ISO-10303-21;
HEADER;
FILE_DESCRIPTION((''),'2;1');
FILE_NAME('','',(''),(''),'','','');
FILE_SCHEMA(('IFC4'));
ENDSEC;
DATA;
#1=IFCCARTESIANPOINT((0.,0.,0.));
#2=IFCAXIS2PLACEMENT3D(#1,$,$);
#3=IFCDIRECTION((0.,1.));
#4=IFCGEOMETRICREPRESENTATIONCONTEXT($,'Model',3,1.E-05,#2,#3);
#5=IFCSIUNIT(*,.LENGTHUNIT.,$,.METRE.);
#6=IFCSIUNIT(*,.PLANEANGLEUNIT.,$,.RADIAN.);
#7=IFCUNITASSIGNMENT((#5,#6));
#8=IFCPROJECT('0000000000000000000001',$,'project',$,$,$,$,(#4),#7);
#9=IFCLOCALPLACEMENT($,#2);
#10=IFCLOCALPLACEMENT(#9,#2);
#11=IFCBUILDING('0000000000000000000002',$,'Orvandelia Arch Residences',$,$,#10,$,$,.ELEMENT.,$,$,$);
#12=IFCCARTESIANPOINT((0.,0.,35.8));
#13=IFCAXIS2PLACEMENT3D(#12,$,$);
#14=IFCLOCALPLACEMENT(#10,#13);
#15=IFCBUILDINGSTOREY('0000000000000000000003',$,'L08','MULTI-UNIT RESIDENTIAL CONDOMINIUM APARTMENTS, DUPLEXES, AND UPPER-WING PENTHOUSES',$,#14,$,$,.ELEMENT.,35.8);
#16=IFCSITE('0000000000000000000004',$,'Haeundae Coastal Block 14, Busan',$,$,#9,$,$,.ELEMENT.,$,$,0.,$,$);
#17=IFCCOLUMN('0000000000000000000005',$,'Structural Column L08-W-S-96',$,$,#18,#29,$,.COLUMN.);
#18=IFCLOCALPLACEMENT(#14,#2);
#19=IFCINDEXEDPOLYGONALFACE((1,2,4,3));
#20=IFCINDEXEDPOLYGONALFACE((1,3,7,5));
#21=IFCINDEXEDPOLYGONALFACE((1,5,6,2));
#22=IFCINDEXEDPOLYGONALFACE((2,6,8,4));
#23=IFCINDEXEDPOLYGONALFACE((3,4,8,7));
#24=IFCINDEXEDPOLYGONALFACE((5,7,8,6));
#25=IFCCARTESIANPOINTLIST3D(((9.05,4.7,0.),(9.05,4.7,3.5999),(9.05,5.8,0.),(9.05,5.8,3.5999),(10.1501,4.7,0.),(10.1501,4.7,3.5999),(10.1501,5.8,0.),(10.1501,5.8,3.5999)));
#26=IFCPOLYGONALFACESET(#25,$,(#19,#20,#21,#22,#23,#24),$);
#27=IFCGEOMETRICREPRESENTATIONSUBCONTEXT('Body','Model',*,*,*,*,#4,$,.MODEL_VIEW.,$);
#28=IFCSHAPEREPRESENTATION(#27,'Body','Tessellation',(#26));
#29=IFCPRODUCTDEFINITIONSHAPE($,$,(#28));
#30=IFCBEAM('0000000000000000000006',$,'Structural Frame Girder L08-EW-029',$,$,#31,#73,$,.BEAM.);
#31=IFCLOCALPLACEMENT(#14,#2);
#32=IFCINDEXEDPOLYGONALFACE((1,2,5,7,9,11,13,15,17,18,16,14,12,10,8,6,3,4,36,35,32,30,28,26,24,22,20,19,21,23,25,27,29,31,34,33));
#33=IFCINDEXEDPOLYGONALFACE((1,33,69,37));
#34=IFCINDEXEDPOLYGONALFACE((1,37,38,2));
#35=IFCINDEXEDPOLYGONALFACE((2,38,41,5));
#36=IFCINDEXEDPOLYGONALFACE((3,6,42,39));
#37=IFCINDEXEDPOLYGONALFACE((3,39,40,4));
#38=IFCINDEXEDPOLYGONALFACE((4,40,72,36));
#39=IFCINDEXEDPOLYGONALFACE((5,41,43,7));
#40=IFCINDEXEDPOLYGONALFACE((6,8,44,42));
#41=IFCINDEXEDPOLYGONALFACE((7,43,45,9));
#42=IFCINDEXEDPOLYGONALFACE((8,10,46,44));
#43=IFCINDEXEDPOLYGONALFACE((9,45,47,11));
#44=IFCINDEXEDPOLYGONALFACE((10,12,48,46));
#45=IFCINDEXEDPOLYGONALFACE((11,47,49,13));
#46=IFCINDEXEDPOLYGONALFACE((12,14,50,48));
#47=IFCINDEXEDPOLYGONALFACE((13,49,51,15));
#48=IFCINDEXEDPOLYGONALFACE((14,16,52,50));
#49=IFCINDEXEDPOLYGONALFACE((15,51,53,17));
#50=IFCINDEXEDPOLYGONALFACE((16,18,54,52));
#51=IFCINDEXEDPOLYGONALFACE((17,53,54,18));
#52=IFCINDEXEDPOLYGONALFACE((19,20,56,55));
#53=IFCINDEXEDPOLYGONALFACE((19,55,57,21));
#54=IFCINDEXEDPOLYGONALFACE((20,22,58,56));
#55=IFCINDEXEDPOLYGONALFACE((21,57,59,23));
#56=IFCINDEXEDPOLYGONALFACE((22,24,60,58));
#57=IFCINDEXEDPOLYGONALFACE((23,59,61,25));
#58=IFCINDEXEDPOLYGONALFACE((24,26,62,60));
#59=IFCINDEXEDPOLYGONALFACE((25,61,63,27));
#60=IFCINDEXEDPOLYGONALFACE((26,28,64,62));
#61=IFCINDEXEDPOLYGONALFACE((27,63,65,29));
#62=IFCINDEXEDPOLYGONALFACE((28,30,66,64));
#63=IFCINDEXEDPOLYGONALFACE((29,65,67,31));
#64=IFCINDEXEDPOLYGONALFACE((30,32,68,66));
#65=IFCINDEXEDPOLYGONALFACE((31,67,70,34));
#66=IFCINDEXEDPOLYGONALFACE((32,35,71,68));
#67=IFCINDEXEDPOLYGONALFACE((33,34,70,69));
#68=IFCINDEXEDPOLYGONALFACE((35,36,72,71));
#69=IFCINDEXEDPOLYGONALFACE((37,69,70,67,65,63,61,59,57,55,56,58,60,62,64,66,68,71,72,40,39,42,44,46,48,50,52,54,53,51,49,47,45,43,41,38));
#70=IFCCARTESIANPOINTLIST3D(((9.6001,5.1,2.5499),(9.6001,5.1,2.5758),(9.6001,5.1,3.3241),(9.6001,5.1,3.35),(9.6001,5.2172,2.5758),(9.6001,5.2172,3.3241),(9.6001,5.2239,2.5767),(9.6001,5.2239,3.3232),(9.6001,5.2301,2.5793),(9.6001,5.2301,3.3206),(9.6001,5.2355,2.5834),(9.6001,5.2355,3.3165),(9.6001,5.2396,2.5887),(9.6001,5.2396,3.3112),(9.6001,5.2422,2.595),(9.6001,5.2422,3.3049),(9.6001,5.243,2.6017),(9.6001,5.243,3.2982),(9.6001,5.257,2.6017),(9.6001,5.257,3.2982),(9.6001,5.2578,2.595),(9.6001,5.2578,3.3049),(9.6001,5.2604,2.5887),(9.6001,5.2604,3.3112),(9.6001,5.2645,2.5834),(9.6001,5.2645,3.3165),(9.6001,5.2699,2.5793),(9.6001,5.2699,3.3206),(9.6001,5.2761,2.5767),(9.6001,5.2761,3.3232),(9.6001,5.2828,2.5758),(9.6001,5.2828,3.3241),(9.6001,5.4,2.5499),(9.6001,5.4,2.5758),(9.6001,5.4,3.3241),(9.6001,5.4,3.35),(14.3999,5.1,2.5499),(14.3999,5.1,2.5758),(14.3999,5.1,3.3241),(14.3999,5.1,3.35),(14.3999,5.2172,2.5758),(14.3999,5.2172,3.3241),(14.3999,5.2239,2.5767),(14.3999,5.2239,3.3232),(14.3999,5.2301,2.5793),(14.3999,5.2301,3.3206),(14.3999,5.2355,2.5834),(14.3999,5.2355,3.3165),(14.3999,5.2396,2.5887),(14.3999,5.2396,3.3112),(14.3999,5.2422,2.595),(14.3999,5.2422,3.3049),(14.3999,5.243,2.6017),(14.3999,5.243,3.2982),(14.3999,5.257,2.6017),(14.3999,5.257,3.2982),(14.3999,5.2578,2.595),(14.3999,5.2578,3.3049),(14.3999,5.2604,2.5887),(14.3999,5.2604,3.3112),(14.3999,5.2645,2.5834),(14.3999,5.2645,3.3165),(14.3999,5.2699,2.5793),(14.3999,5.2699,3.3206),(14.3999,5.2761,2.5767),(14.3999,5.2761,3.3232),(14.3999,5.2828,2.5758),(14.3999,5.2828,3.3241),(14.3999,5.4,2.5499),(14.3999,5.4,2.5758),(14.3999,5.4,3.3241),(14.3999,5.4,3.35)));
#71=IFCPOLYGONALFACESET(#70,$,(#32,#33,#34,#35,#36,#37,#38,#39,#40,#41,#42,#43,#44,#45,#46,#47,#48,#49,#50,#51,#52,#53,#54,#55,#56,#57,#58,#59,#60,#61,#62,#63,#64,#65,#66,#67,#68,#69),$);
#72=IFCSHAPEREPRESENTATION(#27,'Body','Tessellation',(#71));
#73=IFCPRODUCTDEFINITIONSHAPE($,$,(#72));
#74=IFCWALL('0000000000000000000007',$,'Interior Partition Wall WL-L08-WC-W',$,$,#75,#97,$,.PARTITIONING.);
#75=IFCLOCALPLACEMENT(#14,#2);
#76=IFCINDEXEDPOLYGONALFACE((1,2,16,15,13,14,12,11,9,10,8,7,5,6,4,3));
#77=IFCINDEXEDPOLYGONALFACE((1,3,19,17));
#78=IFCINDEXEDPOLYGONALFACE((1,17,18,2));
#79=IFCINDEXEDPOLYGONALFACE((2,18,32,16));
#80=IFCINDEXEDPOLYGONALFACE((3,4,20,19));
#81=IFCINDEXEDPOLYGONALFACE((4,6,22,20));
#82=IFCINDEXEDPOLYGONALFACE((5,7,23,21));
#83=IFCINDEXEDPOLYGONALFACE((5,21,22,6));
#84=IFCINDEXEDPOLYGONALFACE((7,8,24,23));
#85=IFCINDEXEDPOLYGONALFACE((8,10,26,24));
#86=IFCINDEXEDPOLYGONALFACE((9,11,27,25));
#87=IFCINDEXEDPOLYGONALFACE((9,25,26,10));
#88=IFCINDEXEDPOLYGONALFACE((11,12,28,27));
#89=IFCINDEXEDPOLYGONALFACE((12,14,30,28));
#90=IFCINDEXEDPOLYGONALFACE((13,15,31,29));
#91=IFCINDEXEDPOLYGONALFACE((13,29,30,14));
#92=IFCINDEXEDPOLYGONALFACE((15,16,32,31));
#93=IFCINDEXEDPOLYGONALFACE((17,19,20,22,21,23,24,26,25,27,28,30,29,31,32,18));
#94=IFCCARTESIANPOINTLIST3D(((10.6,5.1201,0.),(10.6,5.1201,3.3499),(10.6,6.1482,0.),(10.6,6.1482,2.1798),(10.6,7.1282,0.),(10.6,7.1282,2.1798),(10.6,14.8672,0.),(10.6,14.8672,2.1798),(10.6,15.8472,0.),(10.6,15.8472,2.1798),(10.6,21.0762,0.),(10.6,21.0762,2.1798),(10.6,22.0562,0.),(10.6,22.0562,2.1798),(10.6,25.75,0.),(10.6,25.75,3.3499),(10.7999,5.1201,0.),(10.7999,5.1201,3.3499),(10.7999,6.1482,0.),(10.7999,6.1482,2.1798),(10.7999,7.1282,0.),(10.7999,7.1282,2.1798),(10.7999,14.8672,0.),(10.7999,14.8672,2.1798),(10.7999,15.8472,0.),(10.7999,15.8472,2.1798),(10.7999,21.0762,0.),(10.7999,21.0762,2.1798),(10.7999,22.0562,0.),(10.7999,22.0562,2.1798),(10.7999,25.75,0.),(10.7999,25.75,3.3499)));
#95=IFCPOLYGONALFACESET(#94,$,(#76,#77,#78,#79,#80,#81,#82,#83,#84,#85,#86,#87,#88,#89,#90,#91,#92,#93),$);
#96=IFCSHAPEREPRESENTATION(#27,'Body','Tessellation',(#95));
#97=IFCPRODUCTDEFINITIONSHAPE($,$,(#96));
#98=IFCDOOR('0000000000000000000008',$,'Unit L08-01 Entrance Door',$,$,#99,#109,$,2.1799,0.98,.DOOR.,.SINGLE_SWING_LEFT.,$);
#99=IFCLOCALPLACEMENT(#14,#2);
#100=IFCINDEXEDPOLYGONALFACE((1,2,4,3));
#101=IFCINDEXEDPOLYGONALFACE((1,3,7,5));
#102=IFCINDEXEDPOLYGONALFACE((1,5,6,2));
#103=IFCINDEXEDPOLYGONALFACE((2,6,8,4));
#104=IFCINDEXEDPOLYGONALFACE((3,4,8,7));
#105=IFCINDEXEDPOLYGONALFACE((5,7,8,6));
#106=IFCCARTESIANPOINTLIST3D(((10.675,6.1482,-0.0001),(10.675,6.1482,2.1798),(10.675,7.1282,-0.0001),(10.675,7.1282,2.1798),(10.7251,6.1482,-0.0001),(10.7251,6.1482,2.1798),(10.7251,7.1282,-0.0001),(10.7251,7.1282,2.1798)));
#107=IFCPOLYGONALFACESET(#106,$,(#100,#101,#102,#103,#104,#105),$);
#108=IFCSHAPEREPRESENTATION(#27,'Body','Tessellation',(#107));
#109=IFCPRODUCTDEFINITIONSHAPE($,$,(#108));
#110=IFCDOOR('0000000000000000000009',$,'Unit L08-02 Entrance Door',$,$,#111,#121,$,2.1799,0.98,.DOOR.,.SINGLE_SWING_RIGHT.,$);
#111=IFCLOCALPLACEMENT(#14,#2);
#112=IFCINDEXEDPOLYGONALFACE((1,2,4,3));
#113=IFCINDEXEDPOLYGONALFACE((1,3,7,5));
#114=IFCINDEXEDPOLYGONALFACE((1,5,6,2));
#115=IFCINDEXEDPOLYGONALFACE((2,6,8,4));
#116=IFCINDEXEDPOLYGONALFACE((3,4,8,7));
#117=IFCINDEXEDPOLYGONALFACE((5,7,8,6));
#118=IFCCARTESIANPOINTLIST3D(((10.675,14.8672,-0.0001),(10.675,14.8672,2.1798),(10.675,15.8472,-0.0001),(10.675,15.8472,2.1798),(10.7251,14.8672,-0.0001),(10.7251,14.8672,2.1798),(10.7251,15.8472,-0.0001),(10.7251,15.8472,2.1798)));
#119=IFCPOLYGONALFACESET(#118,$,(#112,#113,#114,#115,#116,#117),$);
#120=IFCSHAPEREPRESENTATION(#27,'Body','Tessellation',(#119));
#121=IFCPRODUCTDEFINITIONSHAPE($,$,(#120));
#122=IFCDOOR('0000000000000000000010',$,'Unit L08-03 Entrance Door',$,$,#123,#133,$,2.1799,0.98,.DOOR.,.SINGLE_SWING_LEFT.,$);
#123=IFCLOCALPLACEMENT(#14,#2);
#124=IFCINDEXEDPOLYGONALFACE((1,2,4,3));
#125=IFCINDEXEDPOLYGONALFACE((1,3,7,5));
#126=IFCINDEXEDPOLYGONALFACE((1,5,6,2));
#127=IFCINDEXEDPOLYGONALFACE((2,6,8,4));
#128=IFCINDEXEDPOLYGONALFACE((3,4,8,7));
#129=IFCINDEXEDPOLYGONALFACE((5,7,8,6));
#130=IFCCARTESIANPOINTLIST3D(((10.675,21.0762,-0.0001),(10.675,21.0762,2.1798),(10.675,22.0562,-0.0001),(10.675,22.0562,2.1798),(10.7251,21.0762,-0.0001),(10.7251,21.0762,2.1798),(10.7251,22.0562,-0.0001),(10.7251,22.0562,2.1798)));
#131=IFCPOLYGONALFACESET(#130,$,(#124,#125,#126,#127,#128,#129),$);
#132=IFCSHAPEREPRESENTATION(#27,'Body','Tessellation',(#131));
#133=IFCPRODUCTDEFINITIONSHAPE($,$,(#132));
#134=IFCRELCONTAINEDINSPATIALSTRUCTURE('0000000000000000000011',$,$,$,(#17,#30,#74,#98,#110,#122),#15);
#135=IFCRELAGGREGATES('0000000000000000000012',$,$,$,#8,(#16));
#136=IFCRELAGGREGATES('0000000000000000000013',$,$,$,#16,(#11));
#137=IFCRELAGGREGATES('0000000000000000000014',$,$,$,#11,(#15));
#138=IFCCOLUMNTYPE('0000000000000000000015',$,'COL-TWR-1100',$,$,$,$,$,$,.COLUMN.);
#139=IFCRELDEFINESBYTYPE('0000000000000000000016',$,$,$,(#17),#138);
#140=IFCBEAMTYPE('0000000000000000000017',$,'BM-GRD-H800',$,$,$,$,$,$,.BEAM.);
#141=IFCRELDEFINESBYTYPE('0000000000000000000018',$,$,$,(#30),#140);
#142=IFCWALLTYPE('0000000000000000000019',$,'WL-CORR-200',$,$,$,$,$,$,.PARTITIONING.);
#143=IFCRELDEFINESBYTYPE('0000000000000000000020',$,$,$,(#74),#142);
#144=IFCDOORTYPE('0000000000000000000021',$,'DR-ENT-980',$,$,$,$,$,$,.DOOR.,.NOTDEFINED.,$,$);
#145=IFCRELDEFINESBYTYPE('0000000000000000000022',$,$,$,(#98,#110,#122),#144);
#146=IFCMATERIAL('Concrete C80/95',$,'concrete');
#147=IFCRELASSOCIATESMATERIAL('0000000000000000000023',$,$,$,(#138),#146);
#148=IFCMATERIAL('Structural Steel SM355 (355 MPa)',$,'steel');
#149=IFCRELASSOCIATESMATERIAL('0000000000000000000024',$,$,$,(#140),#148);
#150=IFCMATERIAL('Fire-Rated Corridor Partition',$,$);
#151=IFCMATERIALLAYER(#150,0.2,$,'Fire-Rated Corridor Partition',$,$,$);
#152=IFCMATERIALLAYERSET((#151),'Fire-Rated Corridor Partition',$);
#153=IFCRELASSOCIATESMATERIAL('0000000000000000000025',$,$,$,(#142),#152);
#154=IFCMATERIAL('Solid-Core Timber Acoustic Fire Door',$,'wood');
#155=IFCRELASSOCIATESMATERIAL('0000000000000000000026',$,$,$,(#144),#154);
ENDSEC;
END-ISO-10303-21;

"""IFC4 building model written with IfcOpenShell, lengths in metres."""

from ifc_helpers import new_model, si_unit, direction, frame, frame_2d, origin, origin_2d, place, context, subcontext, project, spatial, rectangle, i_section, extrude, material, layer, layer_set, material_profile, profile_set, type_object, element, fill, save


model = new_model("IFC4")

# Units and contexts
model_context = context("Model", 3, precision=1e-05, world=origin(), true_north=direction((0.0, 1.0)))
body_context = subcontext(model_context, "Body", "Model", "MODEL_VIEW")
ifc_project = project(units=[si_unit("LENGTHUNIT", "METRE"), si_unit("PLANEANGLEUNIT", "RADIAN")], contexts=[model_context])

# Site, building, storey
site_placement = place(None, origin())
site = spatial("IfcSite", under=ifc_project, at=site_placement, Name="Haeundae Coastal Block 14, Busan", CompositionType="ELEMENT", RefElevation=0.0)
building_placement = place(site_placement, origin())
building = spatial("IfcBuilding", under=site, at=building_placement, Name="Orvandelia Arch Residences", CompositionType="ELEMENT")
storey_placement = place(building_placement, frame((0.0, 0.0, 35.8)))
storey = spatial("IfcBuildingStorey", under=building, at=storey_placement, Name="L08", Description="MULTI-UNIT RESIDENTIAL CONDOMINIUM APARTMENTS, DUPLEXES, AND UPPER-WING PENTHOUSES", CompositionType="ELEMENT", Elevation=35.8)

# Column
ifc_material_1 = material(Name="Concrete C80/95", Category="concrete")
ifc_material_profile_1 = material_profile(ifc_material_1, rectangle(XDim=1.1001, YDim=1.1001, at=origin_2d()), Name="Concrete C80/95", Category="concrete")
ifc_profile_set_1 = profile_set([ifc_material_profile_1], Name="Concrete C80/95")
column_type = type_object("IfcColumnType", Name="COL-TWR-1100", PredefinedType="COLUMN", material=ifc_profile_set_1)
column_placement = place(storey_placement, frame((9.6001, 5.25, 0.0), z_axis=(0.0, 0.0, 1.0), x_axis=(1.0, 0.0, 0.0)))
element("IfcColumn", 1, at=column_placement, inside=storey, type_object=column_type, Name="Structural Column L08-W-S-96", PredefinedType="COLUMN", context=body_context, shape_type="SweptSolid", body=[
    extrude(rectangle(XDim=1.1001, YDim=1.1001, at=origin_2d()), origin(), (0.0, 0.0, 1.0), 3.5999),
])

# Beam
ifc_material_2 = material(Name="Structural Steel SM355 (355 MPa)", Category="steel")
ifc_material_profile_2 = material_profile(ifc_material_2, i_section(OverallWidth=0.3, OverallDepth=0.8, WebThickness=0.0139, FlangeThickness=0.0259, FilletRadius=0.0259, at=origin_2d()), Name="Structural Steel SM355 (355 MPa)", Category="steel")
ifc_profile_set_2 = profile_set([ifc_material_profile_2], Name="Structural Steel SM355 (355 MPa)")
beam_type = type_object("IfcBeamType", Name="BM-GRD-H800", PredefinedType="BEAM", material=ifc_profile_set_2)
beam_placement = place(storey_placement, frame((9.6001, 5.25, 2.95), z_axis=(1.0, 0.0, 0.0), x_axis=(0.0, 1.0, 0.0)))
element("IfcBeam", 2, at=beam_placement, inside=storey, type_object=beam_type, Name="Structural Frame Girder L08-EW-029", PredefinedType="BEAM", context=body_context, shape_type="SweptSolid", body=[
    extrude(i_section(OverallWidth=0.3, OverallDepth=0.8, WebThickness=0.0139, FlangeThickness=0.0259, FilletRadius=0.0259, at=origin_2d()), origin(), (0.0, 0.0, 1.0), 4.7998),
])

# Wall, openings, doors
ifc_material_3 = material(Name="Fire-Rated Corridor Partition")
ifc_layer_1 = layer(ifc_material_3, 0.2, Name="Fire-Rated Corridor Partition")
ifc_layer_set_1 = layer_set([ifc_layer_1], Name="Fire-Rated Corridor Partition")
wall_type_1 = type_object("IfcWallType", Name="WL-CORR-200", PredefinedType="PARTITIONING", material=ifc_layer_set_1)
wall_1_placement = place(storey_placement, frame((10.7, 5.1201, 0.0), z_axis=(0.0, 0.0, 1.0), x_axis=(0.0, 1.0, 0.0)))
wall_1 = element("IfcWall", 3, at=wall_1_placement, inside=storey, type_object=wall_type_1, Name="Interior Partition Wall WL-L08-WC-W", PredefinedType="PARTITIONING", context=body_context, shape_type="SweptSolid", body=[
    extrude(rectangle(XDim=20.6299, YDim=0.2, at=frame_2d((10.3149, 0.0))), origin(), (0.0, 0.0, 1.0), 3.3499),
])
opening_1_placement = place(wall_1_placement, frame((1.0281, 0.0, 0.0)))
opening_1 = element("IfcOpeningElement", 4, at=opening_1_placement, cuts=wall_1, PredefinedType="OPENING", context=body_context, shape_type="SweptSolid", body=[
    extrude(rectangle(XDim=0.98, YDim=2.1799, at=frame_2d((0.49, 1.0898))), frame((0.0, 0.1099, 0.0), z_axis=(0.0, -1.0, 0.0), x_axis=(1.0, 0.0, 0.0)), (0.0, 0.0, 1.0), 0.22),
])
opening_2_placement = place(wall_1_placement, frame((9.7471, 0.0, 0.0)))
opening_2 = element("IfcOpeningElement", 5, at=opening_2_placement, cuts=wall_1, PredefinedType="OPENING", context=body_context, shape_type="SweptSolid", body=[
    extrude(rectangle(XDim=0.98, YDim=2.1799, at=frame_2d((0.49, 1.0898))), frame((0.0, 0.1099, 0.0), z_axis=(0.0, -1.0, 0.0), x_axis=(1.0, 0.0, 0.0)), (0.0, 0.0, 1.0), 0.22),
])
opening_3_placement = place(wall_1_placement, frame((15.9561, 0.0, 0.0)))
opening_3 = element("IfcOpeningElement", 6, at=opening_3_placement, cuts=wall_1, PredefinedType="OPENING", context=body_context, shape_type="SweptSolid", body=[
    extrude(rectangle(XDim=0.98, YDim=2.1799, at=frame_2d((0.49, 1.0898))), frame((0.0, 0.1099, 0.0), z_axis=(0.0, -1.0, 0.0), x_axis=(1.0, 0.0, 0.0)), (0.0, 0.0, 1.0), 0.22),
])
ifc_material_4 = material(Name="Solid-Core Timber Acoustic Fire Door", Category="wood")
door_type_1 = type_object("IfcDoorType", Name="DR-ENT-980", OperationType="NOTDEFINED", PredefinedType="DOOR", material=ifc_material_4)
door_1_placement = place(opening_1_placement, origin())
door_1 = element("IfcDoor", 7, at=door_1_placement, inside=storey, type_object=door_type_1, Name="Unit L08-01 Entrance Door", OperationType="SINGLE_SWING_LEFT", OverallHeight=2.1799, OverallWidth=0.98, PredefinedType="DOOR", context=body_context, shape_type="SweptSolid", body=[
    extrude(rectangle(XDim=0.98, YDim=2.1799, at=frame_2d((0.49, 1.0898))), frame((0.0, 0.0249, 0.0), z_axis=(0.0, -1.0, 0.0), x_axis=(1.0, 0.0, 0.0)), (0.0, 0.0, 1.0), 0.05),
])
fill(opening_1, door_1)
door_2_placement = place(opening_2_placement, origin())
door_2 = element("IfcDoor", 8, at=door_2_placement, inside=storey, type_object=door_type_1, Name="Unit L08-02 Entrance Door", OperationType="SINGLE_SWING_RIGHT", OverallHeight=2.1799, OverallWidth=0.98, PredefinedType="DOOR", context=body_context, shape_type="SweptSolid", body=[
    extrude(rectangle(XDim=0.98, YDim=2.1799, at=frame_2d((0.49, 1.0898))), frame((0.0, 0.0249, 0.0), z_axis=(0.0, -1.0, 0.0), x_axis=(1.0, 0.0, 0.0)), (0.0, 0.0, 1.0), 0.05),
])
fill(opening_2, door_2)
door_3_placement = place(opening_3_placement, origin())
door_3 = element("IfcDoor", 9, at=door_3_placement, inside=storey, type_object=door_type_1, Name="Unit L08-03 Entrance Door", OperationType="SINGLE_SWING_LEFT", OverallHeight=2.1799, OverallWidth=0.98, PredefinedType="DOOR", context=body_context, shape_type="SweptSolid", body=[
    extrude(rectangle(XDim=0.98, YDim=2.1799, at=frame_2d((0.49, 1.0898))), frame((0.0, 0.0249, 0.0), z_axis=(0.0, -1.0, 0.0), x_axis=(1.0, 0.0, 0.0)), (0.0, 0.0, 1.0), 0.05),
])
fill(opening_3, door_3)

save(model, "model.ifc")
